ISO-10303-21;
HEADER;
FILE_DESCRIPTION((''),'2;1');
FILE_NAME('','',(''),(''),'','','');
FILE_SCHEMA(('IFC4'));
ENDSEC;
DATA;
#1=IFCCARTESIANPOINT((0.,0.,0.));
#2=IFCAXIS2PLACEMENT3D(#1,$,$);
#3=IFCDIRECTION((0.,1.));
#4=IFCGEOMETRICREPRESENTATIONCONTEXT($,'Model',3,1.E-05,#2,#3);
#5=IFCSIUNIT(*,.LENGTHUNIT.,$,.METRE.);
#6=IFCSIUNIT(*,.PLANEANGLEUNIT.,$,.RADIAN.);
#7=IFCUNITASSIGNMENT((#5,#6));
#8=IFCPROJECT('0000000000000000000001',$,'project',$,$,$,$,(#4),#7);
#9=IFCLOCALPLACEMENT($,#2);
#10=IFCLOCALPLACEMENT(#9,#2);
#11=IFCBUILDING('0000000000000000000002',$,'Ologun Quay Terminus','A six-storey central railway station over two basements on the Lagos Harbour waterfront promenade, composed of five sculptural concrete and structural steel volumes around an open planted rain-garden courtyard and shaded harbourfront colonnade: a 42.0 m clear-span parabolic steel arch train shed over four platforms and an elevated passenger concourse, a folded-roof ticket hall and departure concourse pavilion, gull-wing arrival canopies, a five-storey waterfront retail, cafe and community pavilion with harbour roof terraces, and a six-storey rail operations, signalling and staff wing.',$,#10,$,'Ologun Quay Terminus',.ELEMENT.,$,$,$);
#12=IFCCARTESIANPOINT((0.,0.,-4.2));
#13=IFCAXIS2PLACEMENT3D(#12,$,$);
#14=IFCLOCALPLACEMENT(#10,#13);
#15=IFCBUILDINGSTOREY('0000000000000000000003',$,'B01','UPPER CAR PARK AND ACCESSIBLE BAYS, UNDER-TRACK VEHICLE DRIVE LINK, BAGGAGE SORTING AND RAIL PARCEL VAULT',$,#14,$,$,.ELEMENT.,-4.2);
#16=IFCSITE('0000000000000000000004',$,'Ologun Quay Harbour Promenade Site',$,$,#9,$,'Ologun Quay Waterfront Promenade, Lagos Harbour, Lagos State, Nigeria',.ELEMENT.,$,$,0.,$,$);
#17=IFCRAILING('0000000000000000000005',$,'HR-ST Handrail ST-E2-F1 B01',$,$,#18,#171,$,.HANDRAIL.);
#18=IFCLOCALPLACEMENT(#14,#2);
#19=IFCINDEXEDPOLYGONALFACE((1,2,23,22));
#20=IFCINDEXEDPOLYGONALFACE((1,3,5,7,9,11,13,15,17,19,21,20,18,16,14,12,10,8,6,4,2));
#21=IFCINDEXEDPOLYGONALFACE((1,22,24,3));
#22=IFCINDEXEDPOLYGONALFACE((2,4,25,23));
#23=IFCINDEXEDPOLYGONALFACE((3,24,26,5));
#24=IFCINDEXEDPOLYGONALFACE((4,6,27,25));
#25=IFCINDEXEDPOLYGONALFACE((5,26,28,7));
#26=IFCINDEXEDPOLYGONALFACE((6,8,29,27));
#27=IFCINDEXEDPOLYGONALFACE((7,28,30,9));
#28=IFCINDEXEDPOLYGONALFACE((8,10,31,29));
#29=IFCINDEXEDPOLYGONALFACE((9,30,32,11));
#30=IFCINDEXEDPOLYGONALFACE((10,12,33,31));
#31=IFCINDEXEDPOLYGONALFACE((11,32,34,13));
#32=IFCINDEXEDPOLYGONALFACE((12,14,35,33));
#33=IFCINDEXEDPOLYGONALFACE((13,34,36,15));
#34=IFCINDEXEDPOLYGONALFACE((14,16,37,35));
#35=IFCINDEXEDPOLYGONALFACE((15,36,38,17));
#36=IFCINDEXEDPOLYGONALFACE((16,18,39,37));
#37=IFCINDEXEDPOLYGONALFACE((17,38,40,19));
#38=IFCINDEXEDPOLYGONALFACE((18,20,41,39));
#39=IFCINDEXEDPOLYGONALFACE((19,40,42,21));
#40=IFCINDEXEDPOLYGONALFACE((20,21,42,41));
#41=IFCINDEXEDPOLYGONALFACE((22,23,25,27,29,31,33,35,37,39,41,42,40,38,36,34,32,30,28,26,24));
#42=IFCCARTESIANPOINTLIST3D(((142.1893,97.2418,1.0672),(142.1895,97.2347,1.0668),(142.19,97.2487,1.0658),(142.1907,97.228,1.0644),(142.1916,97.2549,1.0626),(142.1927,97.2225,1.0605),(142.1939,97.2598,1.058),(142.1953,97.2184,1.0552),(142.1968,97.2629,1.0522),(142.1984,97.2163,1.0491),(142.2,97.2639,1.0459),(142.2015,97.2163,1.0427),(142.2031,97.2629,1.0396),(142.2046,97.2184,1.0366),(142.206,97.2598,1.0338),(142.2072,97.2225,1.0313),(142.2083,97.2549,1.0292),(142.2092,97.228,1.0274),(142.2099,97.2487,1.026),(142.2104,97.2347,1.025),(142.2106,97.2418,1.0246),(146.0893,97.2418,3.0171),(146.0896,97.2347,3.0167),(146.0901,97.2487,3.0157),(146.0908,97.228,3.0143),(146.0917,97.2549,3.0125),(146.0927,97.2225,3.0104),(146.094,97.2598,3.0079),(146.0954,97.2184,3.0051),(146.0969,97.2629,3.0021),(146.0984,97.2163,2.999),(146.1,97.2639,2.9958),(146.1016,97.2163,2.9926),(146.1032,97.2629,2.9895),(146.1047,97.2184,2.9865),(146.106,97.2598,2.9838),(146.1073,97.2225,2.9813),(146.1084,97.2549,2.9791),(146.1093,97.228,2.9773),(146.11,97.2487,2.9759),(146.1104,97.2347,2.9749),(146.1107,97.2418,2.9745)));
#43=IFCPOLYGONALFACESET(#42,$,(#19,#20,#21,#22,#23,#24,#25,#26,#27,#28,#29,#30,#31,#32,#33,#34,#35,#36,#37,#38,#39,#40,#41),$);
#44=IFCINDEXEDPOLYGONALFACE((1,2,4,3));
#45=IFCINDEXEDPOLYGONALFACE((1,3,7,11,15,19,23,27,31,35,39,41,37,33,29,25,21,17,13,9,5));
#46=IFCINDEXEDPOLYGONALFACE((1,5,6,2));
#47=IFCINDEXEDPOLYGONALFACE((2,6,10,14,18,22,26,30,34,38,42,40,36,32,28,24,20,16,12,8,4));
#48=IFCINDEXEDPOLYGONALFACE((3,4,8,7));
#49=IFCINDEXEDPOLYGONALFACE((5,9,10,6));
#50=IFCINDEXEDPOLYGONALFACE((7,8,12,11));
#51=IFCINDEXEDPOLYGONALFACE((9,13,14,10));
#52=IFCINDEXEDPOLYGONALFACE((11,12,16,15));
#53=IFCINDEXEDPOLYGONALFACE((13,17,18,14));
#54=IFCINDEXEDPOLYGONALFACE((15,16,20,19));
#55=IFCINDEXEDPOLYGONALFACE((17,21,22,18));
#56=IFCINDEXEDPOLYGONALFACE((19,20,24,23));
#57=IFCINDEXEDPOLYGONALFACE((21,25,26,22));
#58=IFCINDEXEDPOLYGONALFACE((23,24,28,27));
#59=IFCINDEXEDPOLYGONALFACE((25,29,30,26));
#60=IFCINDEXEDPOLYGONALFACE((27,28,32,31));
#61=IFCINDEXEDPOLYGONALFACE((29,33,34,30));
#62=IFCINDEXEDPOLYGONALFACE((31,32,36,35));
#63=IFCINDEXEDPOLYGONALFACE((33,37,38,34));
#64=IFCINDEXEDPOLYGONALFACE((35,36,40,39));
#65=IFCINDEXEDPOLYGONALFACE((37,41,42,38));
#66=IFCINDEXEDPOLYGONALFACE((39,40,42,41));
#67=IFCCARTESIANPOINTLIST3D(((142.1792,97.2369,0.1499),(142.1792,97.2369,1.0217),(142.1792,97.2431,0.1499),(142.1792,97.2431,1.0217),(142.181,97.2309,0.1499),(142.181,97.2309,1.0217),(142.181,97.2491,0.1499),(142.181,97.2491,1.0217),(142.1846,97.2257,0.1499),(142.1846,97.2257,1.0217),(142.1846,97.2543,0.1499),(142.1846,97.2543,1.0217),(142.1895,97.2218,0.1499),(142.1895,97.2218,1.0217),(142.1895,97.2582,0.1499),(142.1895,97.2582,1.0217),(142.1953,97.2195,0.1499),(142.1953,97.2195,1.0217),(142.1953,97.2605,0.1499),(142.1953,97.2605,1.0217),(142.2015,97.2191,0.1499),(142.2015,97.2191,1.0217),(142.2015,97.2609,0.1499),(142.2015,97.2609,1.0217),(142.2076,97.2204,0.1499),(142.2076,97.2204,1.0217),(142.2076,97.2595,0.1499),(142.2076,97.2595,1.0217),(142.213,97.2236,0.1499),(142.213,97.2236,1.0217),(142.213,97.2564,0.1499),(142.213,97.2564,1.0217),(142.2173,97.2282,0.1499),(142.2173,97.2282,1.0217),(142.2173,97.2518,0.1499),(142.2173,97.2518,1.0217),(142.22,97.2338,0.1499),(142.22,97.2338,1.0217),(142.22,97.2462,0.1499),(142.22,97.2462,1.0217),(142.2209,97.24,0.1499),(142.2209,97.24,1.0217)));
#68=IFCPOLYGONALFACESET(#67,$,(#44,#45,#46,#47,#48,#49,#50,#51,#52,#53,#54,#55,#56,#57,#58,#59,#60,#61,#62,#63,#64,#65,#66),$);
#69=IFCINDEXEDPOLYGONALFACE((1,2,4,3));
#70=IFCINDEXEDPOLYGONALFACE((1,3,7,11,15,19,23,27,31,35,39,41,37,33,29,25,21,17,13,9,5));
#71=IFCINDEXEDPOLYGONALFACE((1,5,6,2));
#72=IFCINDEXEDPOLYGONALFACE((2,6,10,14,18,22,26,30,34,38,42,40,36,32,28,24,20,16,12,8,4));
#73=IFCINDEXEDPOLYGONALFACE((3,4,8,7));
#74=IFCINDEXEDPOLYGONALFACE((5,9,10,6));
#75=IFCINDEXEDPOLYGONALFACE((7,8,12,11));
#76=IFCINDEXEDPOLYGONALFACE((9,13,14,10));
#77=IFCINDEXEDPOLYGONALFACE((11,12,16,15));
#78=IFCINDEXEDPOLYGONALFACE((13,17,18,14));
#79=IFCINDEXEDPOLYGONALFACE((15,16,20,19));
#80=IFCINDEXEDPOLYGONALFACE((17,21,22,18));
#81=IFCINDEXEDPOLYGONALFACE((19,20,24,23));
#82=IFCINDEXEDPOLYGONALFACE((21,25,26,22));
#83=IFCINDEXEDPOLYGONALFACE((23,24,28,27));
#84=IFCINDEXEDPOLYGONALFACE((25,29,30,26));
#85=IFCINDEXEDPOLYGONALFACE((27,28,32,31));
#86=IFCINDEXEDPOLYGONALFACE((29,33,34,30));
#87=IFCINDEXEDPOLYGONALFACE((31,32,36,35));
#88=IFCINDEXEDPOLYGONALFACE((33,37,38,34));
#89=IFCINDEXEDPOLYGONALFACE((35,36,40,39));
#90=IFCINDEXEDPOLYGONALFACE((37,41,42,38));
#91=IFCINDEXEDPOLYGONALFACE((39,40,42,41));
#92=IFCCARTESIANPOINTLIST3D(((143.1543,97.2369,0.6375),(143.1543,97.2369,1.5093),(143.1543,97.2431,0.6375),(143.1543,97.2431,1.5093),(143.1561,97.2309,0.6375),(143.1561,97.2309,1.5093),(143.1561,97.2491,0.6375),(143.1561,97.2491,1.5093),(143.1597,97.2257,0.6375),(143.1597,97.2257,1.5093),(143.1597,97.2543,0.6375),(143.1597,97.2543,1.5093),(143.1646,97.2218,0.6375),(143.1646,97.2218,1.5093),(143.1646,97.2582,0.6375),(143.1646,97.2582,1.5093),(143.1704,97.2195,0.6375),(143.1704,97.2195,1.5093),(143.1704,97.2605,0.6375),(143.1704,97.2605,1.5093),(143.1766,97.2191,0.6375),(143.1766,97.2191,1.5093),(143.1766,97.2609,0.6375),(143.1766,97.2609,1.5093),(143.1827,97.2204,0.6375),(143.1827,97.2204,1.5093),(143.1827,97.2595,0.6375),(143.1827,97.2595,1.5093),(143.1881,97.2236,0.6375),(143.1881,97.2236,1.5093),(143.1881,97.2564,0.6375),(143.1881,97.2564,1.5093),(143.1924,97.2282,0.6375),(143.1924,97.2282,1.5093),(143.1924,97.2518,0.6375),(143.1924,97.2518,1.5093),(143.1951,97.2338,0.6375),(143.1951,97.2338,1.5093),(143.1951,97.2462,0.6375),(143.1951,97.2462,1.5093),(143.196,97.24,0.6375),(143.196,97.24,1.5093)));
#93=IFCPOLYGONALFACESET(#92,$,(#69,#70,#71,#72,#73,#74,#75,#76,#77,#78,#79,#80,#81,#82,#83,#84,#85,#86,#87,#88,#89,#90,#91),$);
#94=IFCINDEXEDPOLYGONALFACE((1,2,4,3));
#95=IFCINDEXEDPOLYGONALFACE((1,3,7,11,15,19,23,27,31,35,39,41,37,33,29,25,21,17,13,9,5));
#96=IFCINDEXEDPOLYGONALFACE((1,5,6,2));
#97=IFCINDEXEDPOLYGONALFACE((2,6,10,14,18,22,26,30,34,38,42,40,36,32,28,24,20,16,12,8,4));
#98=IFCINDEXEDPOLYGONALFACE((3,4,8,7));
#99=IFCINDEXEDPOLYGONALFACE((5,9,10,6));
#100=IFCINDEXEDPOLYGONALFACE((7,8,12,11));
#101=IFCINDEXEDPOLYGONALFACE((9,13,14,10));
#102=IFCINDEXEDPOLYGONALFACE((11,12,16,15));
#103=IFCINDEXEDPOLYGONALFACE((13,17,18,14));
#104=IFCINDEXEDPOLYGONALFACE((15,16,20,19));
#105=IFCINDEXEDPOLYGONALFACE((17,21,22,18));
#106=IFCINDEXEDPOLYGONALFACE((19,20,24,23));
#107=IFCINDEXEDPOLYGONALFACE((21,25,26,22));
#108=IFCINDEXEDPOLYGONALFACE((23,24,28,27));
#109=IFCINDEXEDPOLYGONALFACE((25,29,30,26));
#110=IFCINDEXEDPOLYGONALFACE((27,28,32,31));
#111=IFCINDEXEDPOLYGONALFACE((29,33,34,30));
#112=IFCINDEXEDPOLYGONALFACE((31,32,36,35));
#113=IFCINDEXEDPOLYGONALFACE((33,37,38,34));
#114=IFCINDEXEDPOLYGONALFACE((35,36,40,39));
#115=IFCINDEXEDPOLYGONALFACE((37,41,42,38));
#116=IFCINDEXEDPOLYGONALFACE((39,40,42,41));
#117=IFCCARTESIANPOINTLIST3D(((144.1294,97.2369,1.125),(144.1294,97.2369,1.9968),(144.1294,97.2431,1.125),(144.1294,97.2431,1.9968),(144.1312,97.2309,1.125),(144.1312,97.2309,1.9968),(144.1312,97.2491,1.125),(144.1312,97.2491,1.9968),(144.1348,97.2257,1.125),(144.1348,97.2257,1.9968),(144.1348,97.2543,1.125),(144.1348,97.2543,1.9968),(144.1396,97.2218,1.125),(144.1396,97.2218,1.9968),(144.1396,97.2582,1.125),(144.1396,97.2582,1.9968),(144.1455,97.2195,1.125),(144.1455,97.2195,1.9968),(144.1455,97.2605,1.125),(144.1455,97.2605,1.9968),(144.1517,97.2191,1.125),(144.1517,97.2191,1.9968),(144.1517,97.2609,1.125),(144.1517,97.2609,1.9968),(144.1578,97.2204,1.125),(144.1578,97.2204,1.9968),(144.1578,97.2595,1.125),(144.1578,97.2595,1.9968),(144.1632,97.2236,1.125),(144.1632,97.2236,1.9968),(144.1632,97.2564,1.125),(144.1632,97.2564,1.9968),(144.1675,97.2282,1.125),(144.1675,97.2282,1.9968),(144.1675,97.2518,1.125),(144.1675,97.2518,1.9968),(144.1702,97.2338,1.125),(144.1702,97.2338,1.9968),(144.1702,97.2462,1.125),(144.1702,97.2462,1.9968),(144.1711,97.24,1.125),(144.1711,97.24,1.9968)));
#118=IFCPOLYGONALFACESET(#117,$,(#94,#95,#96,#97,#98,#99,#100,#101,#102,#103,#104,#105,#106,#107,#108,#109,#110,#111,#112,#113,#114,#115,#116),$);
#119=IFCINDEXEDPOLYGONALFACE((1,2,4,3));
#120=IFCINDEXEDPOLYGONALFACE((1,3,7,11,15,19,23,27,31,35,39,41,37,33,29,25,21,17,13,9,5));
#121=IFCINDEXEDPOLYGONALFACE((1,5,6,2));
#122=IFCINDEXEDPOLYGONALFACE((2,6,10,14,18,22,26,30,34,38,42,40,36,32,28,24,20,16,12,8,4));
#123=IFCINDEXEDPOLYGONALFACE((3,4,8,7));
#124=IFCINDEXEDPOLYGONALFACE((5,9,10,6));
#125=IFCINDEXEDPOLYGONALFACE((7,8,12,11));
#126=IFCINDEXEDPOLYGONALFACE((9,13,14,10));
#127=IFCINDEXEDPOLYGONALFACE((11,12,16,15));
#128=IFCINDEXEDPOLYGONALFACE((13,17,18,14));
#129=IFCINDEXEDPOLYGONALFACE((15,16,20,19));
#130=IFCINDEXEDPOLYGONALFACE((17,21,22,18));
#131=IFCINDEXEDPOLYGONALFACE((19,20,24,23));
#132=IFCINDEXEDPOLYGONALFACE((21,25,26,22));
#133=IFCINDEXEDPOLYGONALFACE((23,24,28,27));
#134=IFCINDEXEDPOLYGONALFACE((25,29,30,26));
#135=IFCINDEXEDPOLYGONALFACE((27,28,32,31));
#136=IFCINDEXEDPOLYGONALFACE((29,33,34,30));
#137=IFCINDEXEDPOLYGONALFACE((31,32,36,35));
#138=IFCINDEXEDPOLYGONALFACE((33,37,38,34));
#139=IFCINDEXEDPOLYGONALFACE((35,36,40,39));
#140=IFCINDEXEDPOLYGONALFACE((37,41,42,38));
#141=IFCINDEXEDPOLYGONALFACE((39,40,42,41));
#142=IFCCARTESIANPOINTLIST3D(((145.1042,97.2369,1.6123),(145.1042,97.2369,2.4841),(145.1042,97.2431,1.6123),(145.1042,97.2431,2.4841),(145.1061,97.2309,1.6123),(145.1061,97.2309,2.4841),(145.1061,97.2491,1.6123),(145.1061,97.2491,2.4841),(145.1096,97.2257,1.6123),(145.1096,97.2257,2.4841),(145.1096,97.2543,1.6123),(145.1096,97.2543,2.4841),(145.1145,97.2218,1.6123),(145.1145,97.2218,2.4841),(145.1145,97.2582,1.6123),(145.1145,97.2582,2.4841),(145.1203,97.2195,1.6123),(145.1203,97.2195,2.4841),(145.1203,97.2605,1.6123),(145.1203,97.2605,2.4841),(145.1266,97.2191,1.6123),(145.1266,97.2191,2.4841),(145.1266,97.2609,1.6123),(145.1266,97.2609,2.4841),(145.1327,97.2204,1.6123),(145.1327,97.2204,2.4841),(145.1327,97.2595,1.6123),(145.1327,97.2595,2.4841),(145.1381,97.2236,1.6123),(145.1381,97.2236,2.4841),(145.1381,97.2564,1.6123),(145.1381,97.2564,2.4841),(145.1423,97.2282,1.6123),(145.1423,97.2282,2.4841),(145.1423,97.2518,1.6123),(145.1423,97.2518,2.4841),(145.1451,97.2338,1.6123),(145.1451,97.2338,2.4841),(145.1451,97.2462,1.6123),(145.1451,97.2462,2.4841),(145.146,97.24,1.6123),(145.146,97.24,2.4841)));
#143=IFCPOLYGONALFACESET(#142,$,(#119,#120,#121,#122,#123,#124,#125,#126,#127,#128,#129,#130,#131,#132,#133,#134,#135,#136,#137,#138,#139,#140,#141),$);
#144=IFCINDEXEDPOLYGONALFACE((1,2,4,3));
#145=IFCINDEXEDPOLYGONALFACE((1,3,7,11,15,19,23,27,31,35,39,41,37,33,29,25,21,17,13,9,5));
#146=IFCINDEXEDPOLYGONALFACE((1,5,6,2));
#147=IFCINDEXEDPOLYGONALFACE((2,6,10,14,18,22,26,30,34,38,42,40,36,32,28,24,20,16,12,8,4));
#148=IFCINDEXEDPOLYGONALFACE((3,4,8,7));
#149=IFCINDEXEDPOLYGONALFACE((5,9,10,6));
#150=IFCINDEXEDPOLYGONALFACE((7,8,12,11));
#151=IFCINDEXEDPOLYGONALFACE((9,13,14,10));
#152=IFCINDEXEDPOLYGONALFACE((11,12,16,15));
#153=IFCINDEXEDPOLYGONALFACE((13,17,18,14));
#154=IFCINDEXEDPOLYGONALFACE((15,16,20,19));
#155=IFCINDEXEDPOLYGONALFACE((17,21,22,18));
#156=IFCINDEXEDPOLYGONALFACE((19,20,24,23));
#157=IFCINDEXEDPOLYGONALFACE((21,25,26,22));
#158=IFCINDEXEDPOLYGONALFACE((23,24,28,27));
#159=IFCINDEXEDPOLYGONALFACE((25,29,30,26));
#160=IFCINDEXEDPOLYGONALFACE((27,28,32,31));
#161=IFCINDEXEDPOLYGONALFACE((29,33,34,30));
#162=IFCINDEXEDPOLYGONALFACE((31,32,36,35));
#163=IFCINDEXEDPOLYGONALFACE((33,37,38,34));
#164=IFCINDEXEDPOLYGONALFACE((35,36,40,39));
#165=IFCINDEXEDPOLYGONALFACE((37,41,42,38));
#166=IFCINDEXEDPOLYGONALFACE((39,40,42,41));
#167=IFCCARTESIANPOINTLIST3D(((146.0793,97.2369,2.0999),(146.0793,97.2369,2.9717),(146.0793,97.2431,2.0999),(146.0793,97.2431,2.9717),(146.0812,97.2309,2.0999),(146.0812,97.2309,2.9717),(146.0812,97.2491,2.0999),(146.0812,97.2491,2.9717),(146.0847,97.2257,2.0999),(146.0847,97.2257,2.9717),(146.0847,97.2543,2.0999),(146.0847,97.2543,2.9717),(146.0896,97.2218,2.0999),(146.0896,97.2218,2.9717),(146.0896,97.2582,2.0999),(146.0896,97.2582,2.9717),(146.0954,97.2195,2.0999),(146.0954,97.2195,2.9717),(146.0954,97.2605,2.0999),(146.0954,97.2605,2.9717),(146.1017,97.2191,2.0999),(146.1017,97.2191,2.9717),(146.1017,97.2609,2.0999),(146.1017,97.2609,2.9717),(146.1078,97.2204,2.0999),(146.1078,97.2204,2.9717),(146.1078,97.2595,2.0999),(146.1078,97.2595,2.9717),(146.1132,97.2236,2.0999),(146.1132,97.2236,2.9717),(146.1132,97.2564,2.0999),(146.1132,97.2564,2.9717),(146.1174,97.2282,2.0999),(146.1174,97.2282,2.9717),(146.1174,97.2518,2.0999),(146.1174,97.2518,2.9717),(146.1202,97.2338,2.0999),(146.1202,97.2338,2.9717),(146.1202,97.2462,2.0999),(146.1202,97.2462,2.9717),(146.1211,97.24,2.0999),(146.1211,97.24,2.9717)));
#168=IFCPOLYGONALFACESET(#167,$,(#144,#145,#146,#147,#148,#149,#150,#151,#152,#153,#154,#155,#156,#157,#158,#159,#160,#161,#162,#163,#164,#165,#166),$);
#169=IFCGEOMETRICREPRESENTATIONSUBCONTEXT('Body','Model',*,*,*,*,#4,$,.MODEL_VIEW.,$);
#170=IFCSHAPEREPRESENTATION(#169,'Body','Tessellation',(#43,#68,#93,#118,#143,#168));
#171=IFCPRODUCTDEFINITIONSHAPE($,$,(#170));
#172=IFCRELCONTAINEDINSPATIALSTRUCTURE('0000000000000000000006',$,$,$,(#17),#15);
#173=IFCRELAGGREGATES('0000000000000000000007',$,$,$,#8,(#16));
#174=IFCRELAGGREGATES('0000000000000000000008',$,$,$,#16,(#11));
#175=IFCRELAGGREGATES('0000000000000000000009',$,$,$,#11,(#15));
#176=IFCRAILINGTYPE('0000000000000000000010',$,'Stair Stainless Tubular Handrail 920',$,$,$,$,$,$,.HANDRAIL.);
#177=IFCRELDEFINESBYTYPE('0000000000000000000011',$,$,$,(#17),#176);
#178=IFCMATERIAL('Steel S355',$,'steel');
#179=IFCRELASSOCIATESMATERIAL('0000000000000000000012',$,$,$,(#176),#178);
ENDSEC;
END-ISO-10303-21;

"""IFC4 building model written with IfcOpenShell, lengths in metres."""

from ifc_helpers import new_model, si_unit, direction, frame, origin, origin_2d, place, context, subcontext, project, spatial, circle, extrude, material, type_object, element, save


model = new_model("IFC4")

# Units and contexts
model_context = context("Model", 3, precision=1e-05, world=origin(), true_north=direction((0.0, 1.0)))
body_context = subcontext(model_context, "Body", "Model", "MODEL_VIEW")
ifc_project = project(units=[si_unit("LENGTHUNIT", "METRE"), si_unit("PLANEANGLEUNIT", "RADIAN")], contexts=[model_context])

# Site, building, storey
site_placement = place(None, origin())
site = spatial("IfcSite", under=ifc_project, at=site_placement, Name="Ologun Quay Harbour Promenade Site", LongName="Ologun Quay Waterfront Promenade, Lagos Harbour, Lagos State, Nigeria", CompositionType="ELEMENT", RefElevation=0.0)
building_placement = place(site_placement, origin())
building = spatial("IfcBuilding", under=site, at=building_placement, Name="Ologun Quay Terminus", Description="A six-storey central railway station over two basements on the Lagos Harbour waterfront promenade, composed of five sculptural concrete and structural steel volumes around an open planted rain-garden courtyard and shaded harbourfront colonnade: a 42.0 m clear-span parabolic steel arch train shed over four platforms and an elevated passenger concourse, a folded-roof ticket hall and departure concourse pavilion, gull-wing arrival canopies, a five-storey waterfront retail, cafe and community pavilion with harbour roof terraces, and a six-storey rail operations, signalling and staff wing.", LongName="Ologun Quay Terminus", CompositionType="ELEMENT")
storey_placement = place(building_placement, frame((0.0, 0.0, -4.2)))
storey = spatial("IfcBuildingStorey", under=building, at=storey_placement, Name="B01", Description="UPPER CAR PARK AND ACCESSIBLE BAYS, UNDER-TRACK VEHICLE DRIVE LINK, BAGGAGE SORTING AND RAIL PARCEL VAULT", CompositionType="ELEMENT", Elevation=-4.2)

# Railing
ifc_material_1 = material(Name="Steel S355", Category="steel")
railing_type_1 = type_object("IfcRailingType", Name="Stair Stainless Tubular Handrail 920", PredefinedType="HANDRAIL", material=ifc_material_1)
railing_1_placement = place(storey_placement, frame((142.2, 97.24, 0.1499)))
element("IfcRailing", 1, at=railing_1_placement, inside=storey, type_object=railing_type_1, Name="HR-ST Handrail ST-E2-F1 B01", PredefinedType="HANDRAIL", context=body_context, shape_type="SweptSolid", body=[
    extrude(circle(Radius=0.0239, at=origin_2d()), frame((0.0, 0.0, 0.896), z_axis=(0.894438, 0.0, 0.447191), x_axis=(0.0, 1.0, 0.0)), (0.0, 0.0, 1.0), 4.3604),
    extrude(circle(Radius=0.021, at=origin_2d()), origin(), (0.0, 0.0, 1.0), 0.8718),
    extrude(circle(Radius=0.021, at=origin_2d()), frame((0.9751, 0.0, 0.4875)), (0.0, 0.0, 1.0), 0.8718),
    extrude(circle(Radius=0.021, at=origin_2d()), frame((1.9502, 0.0, 0.9751)), (0.0, 0.0, 1.0), 0.8718),
    extrude(circle(Radius=0.021, at=origin_2d()), frame((2.925, 0.0, 1.4624)), (0.0, 0.0, 1.0), 0.8718),
    extrude(circle(Radius=0.021, at=origin_2d()), frame((3.9001, 0.0, 1.95)), (0.0, 0.0, 1.0), 0.8718),
])

save(model, "model.ifc")
